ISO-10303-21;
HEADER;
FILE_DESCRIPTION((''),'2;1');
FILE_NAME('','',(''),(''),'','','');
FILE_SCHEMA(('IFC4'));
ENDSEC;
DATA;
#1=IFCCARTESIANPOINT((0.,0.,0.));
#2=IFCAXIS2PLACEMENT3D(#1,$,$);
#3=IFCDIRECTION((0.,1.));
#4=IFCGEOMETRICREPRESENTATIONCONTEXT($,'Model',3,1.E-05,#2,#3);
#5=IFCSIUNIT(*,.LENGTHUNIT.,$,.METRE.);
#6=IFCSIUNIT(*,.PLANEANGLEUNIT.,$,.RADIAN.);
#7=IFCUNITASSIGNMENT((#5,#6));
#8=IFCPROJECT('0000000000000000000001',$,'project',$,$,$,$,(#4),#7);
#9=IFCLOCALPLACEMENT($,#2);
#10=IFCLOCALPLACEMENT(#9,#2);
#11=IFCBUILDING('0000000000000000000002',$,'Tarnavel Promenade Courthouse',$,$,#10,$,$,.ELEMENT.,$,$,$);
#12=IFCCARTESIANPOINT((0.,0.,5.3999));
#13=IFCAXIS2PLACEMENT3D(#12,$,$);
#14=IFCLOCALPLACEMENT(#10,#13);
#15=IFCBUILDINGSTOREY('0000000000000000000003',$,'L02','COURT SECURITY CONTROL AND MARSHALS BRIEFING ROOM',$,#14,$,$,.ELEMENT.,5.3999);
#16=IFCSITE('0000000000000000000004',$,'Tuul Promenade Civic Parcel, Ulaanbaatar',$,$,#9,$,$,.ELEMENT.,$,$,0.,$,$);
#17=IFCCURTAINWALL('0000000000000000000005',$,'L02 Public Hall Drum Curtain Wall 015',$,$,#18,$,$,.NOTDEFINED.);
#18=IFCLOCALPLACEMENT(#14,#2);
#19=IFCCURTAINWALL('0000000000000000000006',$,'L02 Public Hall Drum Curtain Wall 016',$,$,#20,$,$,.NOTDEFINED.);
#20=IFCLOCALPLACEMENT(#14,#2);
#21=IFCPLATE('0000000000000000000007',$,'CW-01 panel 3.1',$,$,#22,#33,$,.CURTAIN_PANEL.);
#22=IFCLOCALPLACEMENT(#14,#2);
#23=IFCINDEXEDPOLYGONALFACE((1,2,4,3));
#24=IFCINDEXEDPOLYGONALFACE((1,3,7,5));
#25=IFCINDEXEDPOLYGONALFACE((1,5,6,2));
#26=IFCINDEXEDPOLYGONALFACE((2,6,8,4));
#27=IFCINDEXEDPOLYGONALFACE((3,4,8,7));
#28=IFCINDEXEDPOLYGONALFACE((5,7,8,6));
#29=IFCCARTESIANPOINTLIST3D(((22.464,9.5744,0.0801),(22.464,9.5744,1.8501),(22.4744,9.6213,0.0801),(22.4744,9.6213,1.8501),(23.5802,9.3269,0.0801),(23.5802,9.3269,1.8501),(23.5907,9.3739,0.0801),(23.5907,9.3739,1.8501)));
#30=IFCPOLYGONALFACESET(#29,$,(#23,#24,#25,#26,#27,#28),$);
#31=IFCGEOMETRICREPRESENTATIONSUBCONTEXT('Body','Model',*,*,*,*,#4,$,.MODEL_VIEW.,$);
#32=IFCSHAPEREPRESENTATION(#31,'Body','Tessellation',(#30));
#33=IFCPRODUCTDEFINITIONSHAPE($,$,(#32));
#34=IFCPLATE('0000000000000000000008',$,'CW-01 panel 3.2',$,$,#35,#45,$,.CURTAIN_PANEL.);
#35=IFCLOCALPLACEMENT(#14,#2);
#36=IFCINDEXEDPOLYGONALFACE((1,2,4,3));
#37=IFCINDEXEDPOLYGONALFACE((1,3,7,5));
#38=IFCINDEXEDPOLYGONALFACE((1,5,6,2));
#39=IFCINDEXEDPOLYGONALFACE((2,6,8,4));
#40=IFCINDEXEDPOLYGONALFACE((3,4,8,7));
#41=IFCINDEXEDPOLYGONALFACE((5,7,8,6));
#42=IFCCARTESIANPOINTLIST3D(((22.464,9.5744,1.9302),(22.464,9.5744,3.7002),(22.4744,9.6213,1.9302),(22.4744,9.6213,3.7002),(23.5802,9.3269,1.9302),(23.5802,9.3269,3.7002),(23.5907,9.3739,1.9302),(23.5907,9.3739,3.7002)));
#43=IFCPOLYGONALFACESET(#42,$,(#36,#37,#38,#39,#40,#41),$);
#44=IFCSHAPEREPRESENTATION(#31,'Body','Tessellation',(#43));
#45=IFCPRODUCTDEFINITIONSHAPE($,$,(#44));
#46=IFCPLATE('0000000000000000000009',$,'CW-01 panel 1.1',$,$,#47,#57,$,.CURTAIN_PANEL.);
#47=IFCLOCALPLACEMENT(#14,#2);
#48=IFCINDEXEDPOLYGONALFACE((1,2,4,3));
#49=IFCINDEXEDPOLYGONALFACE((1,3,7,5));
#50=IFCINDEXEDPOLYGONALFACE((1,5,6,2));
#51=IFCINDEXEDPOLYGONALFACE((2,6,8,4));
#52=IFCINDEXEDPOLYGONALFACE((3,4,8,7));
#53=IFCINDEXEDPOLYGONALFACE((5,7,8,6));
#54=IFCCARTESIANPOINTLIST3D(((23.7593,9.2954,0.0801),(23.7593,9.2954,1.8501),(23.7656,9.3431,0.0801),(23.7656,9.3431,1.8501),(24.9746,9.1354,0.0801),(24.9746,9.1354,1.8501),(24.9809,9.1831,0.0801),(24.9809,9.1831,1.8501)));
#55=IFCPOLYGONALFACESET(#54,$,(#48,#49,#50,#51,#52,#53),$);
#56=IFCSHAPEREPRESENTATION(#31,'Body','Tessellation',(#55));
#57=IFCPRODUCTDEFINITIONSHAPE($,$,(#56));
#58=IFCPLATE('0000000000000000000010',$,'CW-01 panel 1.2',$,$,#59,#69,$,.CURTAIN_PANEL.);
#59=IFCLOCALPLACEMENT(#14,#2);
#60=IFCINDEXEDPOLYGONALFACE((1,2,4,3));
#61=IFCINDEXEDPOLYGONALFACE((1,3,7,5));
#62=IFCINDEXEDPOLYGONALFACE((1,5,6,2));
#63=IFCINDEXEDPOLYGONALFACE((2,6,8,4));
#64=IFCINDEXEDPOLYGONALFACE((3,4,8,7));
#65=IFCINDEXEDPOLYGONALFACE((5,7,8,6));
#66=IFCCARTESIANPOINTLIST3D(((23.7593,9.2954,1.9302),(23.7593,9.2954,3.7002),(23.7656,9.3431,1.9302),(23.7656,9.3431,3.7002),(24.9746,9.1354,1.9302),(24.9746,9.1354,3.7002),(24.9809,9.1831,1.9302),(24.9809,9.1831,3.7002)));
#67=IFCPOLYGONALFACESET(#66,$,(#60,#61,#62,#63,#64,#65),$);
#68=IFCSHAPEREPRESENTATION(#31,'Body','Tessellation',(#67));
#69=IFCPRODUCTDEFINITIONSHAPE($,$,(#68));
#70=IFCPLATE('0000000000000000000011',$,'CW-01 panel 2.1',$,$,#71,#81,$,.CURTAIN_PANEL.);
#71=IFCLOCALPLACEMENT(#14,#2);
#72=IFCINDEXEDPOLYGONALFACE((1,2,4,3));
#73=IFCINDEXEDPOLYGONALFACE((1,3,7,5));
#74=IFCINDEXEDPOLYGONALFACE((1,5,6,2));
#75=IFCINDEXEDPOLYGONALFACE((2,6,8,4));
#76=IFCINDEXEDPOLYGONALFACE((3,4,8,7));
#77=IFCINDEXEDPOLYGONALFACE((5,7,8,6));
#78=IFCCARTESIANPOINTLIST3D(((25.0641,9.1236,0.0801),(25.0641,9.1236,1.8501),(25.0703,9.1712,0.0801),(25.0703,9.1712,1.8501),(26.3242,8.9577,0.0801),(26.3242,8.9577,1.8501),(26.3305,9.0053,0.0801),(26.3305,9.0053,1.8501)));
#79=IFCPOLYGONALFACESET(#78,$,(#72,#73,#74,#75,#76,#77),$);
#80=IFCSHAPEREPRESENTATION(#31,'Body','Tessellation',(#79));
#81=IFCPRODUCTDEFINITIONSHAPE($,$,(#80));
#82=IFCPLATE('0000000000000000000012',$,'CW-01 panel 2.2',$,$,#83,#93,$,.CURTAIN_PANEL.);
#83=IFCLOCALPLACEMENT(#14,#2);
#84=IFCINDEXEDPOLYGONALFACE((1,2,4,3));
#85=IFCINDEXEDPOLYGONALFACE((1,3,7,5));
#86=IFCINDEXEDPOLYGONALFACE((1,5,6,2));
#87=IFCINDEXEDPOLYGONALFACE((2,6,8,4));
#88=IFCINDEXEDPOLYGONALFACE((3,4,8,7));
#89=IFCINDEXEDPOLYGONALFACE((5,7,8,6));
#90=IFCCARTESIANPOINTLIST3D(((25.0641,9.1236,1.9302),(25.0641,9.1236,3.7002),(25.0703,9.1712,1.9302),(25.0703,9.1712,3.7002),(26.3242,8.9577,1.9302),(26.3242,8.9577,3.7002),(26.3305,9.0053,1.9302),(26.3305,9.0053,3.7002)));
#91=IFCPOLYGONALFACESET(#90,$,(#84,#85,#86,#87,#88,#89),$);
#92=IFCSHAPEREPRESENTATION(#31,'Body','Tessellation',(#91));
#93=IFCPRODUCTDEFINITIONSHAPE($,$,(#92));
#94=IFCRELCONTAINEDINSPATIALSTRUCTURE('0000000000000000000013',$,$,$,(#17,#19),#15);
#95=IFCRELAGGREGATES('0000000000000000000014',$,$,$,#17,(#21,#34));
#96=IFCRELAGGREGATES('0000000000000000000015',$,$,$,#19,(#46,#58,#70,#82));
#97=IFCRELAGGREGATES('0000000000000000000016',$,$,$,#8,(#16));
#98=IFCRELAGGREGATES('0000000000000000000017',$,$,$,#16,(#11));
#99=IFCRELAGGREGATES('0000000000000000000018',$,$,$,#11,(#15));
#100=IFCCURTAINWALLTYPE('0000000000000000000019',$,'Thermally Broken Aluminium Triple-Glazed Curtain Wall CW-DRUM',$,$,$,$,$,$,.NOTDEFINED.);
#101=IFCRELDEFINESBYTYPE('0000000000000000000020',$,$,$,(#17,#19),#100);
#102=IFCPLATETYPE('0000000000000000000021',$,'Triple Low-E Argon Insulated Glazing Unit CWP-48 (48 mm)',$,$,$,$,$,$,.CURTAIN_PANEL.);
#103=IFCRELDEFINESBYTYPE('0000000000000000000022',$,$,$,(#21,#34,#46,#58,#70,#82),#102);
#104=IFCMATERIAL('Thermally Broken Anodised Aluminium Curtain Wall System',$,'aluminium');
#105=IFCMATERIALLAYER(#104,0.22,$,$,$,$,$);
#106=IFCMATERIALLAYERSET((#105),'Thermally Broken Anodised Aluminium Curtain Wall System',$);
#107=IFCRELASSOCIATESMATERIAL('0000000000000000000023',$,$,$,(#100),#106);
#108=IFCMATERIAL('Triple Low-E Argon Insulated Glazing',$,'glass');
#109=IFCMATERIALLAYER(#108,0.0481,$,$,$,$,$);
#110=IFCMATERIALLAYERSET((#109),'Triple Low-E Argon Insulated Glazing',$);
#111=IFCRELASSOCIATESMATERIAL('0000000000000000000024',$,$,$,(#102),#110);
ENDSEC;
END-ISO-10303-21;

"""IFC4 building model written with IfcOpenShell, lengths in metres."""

from ifc_helpers import new_model, si_unit, direction, frame, origin, origin_2d, place, context, subcontext, project, spatial, rectangle, extrude, material, layer, layer_set, type_object, element, aggregate, save


model = new_model("IFC4")

# Units and contexts
model_context = context("Model", 3, precision=1e-05, world=origin(), true_north=direction((0.0, 1.0)))
body_context = subcontext(model_context, "Body", "Model", "MODEL_VIEW")
ifc_project = project(units=[si_unit("LENGTHUNIT", "METRE"), si_unit("PLANEANGLEUNIT", "RADIAN")], contexts=[model_context])

# Site, building, storey
site_placement = place(None, origin())
site = spatial("IfcSite", under=ifc_project, at=site_placement, Name="Tuul Promenade Civic Parcel, Ulaanbaatar", CompositionType="ELEMENT", RefElevation=0.0)
building_placement = place(site_placement, origin())
building = spatial("IfcBuilding", under=site, at=building_placement, Name="Tarnavel Promenade Courthouse", CompositionType="ELEMENT")
storey_placement = place(building_placement, frame((0.0, 0.0, 5.3999)))
storey = spatial("IfcBuildingStorey", under=building, at=storey_placement, Name="L02", Description="COURT SECURITY CONTROL AND MARSHALS BRIEFING ROOM", CompositionType="ELEMENT", Elevation=5.3999)

# Curtain walls
ifc_material_1 = material(Name="Thermally Broken Anodised Aluminium Curtain Wall System", Category="aluminium")
ifc_layer_1 = layer(ifc_material_1, 0.22)
ifc_layer_set_1 = layer_set([ifc_layer_1], Name="Thermally Broken Anodised Aluminium Curtain Wall System")
curtain_wall_type = type_object("IfcCurtainWallType", Name="Thermally Broken Aluminium Triple-Glazed Curtain Wall CW-DRUM", PredefinedType="NOTDEFINED", material=ifc_layer_set_1)
curtain_wall_1_placement = place(storey_placement, origin())
curtain_wall_1 = element("IfcCurtainWall", 1, at=curtain_wall_1_placement, inside=storey, type_object=curtain_wall_type, Name="L02 Public Hall Drum Curtain Wall 015", PredefinedType="NOTDEFINED")
curtain_wall_2_placement = place(storey_placement, origin())
curtain_wall_2 = element("IfcCurtainWall", 2, at=curtain_wall_2_placement, inside=storey, type_object=curtain_wall_type, Name="L02 Public Hall Drum Curtain Wall 016", PredefinedType="NOTDEFINED")

# Plates
ifc_material_2 = material(Name="Triple Low-E Argon Insulated Glazing", Category="glass")
ifc_layer_2 = layer(ifc_material_2, 0.0481)
ifc_layer_set_2 = layer_set([ifc_layer_2], Name="Triple Low-E Argon Insulated Glazing")
plate_type = type_object("IfcPlateType", Name="Triple Low-E Argon Insulated Glazing Unit CWP-48 (48 mm)", PredefinedType="CURTAIN_PANEL", material=ifc_layer_set_2)
plate_1_placement = place(storey_placement, frame((23.0273, 9.4741, 0.0801), z_axis=(0.0, 0.0, 1.0), x_axis=(0.976296, -0.216438, 0.0)))
plate_1 = element("IfcPlate", 3, at=plate_1_placement, type_object=plate_type, Name="CW-01 panel 3.1", PredefinedType="CURTAIN_PANEL", context=body_context, shape_type="SweptSolid", body=[
    extrude(rectangle(XDim=1.1433, YDim=0.0481, at=origin_2d()), origin(), (0.0, 0.0, 1.0), 1.77),
])
plate_2_placement = place(storey_placement, frame((23.0273, 9.4741, 1.9302), z_axis=(0.0, 0.0, 1.0), x_axis=(0.976296, -0.216438, 0.0)))
plate_2 = element("IfcPlate", 4, at=plate_2_placement, type_object=plate_type, Name="CW-01 panel 3.2", PredefinedType="CURTAIN_PANEL", context=body_context, shape_type="SweptSolid", body=[
    extrude(rectangle(XDim=1.1433, YDim=0.0481, at=origin_2d()), origin(), (0.0, 0.0, 1.0), 1.77),
])
aggregate(curtain_wall_1, [plate_1, plate_2])
plate_3_placement = place(storey_placement, frame((24.3701, 9.2393, 0.0801), z_axis=(0.0, 0.0, 1.0), x_axis=(0.991445, -0.130527, 0.0)))
plate_3 = element("IfcPlate", 5, at=plate_3_placement, type_object=plate_type, Name="CW-01 panel 1.1", PredefinedType="CURTAIN_PANEL", context=body_context, shape_type="SweptSolid", body=[
    extrude(rectangle(XDim=1.2258, YDim=0.0481, at=origin_2d()), origin(), (0.0, 0.0, 1.0), 1.77),
])
plate_4_placement = place(storey_placement, frame((24.3701, 9.2393, 1.9302), z_axis=(0.0, 0.0, 1.0), x_axis=(0.991445, -0.130527, 0.0)))
plate_4 = element("IfcPlate", 6, at=plate_4_placement, type_object=plate_type, Name="CW-01 panel 1.2", PredefinedType="CURTAIN_PANEL", context=body_context, shape_type="SweptSolid", body=[
    extrude(rectangle(XDim=1.2258, YDim=0.0481, at=origin_2d()), origin(), (0.0, 0.0, 1.0), 1.77),
])
plate_5_placement = place(storey_placement, frame((25.6973, 9.0645, 0.0801), z_axis=(0.0, 0.0, 1.0), x_axis=(0.991445, -0.130527, 0.0)))
plate_5 = element("IfcPlate", 7, at=plate_5_placement, type_object=plate_type, Name="CW-01 panel 2.1", PredefinedType="CURTAIN_PANEL", context=body_context, shape_type="SweptSolid", body=[
    extrude(rectangle(XDim=1.271, YDim=0.0481, at=origin_2d()), origin(), (0.0, 0.0, 1.0), 1.77),
])
plate_6_placement = place(storey_placement, frame((25.6973, 9.0645, 1.9302), z_axis=(0.0, 0.0, 1.0), x_axis=(0.991445, -0.130527, 0.0)))
plate_6 = element("IfcPlate", 8, at=plate_6_placement, type_object=plate_type, Name="CW-01 panel 2.2", PredefinedType="CURTAIN_PANEL", context=body_context, shape_type="SweptSolid", body=[
    extrude(rectangle(XDim=1.271, YDim=0.0481, at=origin_2d()), origin(), (0.0, 0.0, 1.0), 1.77),
])
aggregate(curtain_wall_2, [plate_3, plate_4, plate_5, plate_6])

save(model, "model.ifc")
